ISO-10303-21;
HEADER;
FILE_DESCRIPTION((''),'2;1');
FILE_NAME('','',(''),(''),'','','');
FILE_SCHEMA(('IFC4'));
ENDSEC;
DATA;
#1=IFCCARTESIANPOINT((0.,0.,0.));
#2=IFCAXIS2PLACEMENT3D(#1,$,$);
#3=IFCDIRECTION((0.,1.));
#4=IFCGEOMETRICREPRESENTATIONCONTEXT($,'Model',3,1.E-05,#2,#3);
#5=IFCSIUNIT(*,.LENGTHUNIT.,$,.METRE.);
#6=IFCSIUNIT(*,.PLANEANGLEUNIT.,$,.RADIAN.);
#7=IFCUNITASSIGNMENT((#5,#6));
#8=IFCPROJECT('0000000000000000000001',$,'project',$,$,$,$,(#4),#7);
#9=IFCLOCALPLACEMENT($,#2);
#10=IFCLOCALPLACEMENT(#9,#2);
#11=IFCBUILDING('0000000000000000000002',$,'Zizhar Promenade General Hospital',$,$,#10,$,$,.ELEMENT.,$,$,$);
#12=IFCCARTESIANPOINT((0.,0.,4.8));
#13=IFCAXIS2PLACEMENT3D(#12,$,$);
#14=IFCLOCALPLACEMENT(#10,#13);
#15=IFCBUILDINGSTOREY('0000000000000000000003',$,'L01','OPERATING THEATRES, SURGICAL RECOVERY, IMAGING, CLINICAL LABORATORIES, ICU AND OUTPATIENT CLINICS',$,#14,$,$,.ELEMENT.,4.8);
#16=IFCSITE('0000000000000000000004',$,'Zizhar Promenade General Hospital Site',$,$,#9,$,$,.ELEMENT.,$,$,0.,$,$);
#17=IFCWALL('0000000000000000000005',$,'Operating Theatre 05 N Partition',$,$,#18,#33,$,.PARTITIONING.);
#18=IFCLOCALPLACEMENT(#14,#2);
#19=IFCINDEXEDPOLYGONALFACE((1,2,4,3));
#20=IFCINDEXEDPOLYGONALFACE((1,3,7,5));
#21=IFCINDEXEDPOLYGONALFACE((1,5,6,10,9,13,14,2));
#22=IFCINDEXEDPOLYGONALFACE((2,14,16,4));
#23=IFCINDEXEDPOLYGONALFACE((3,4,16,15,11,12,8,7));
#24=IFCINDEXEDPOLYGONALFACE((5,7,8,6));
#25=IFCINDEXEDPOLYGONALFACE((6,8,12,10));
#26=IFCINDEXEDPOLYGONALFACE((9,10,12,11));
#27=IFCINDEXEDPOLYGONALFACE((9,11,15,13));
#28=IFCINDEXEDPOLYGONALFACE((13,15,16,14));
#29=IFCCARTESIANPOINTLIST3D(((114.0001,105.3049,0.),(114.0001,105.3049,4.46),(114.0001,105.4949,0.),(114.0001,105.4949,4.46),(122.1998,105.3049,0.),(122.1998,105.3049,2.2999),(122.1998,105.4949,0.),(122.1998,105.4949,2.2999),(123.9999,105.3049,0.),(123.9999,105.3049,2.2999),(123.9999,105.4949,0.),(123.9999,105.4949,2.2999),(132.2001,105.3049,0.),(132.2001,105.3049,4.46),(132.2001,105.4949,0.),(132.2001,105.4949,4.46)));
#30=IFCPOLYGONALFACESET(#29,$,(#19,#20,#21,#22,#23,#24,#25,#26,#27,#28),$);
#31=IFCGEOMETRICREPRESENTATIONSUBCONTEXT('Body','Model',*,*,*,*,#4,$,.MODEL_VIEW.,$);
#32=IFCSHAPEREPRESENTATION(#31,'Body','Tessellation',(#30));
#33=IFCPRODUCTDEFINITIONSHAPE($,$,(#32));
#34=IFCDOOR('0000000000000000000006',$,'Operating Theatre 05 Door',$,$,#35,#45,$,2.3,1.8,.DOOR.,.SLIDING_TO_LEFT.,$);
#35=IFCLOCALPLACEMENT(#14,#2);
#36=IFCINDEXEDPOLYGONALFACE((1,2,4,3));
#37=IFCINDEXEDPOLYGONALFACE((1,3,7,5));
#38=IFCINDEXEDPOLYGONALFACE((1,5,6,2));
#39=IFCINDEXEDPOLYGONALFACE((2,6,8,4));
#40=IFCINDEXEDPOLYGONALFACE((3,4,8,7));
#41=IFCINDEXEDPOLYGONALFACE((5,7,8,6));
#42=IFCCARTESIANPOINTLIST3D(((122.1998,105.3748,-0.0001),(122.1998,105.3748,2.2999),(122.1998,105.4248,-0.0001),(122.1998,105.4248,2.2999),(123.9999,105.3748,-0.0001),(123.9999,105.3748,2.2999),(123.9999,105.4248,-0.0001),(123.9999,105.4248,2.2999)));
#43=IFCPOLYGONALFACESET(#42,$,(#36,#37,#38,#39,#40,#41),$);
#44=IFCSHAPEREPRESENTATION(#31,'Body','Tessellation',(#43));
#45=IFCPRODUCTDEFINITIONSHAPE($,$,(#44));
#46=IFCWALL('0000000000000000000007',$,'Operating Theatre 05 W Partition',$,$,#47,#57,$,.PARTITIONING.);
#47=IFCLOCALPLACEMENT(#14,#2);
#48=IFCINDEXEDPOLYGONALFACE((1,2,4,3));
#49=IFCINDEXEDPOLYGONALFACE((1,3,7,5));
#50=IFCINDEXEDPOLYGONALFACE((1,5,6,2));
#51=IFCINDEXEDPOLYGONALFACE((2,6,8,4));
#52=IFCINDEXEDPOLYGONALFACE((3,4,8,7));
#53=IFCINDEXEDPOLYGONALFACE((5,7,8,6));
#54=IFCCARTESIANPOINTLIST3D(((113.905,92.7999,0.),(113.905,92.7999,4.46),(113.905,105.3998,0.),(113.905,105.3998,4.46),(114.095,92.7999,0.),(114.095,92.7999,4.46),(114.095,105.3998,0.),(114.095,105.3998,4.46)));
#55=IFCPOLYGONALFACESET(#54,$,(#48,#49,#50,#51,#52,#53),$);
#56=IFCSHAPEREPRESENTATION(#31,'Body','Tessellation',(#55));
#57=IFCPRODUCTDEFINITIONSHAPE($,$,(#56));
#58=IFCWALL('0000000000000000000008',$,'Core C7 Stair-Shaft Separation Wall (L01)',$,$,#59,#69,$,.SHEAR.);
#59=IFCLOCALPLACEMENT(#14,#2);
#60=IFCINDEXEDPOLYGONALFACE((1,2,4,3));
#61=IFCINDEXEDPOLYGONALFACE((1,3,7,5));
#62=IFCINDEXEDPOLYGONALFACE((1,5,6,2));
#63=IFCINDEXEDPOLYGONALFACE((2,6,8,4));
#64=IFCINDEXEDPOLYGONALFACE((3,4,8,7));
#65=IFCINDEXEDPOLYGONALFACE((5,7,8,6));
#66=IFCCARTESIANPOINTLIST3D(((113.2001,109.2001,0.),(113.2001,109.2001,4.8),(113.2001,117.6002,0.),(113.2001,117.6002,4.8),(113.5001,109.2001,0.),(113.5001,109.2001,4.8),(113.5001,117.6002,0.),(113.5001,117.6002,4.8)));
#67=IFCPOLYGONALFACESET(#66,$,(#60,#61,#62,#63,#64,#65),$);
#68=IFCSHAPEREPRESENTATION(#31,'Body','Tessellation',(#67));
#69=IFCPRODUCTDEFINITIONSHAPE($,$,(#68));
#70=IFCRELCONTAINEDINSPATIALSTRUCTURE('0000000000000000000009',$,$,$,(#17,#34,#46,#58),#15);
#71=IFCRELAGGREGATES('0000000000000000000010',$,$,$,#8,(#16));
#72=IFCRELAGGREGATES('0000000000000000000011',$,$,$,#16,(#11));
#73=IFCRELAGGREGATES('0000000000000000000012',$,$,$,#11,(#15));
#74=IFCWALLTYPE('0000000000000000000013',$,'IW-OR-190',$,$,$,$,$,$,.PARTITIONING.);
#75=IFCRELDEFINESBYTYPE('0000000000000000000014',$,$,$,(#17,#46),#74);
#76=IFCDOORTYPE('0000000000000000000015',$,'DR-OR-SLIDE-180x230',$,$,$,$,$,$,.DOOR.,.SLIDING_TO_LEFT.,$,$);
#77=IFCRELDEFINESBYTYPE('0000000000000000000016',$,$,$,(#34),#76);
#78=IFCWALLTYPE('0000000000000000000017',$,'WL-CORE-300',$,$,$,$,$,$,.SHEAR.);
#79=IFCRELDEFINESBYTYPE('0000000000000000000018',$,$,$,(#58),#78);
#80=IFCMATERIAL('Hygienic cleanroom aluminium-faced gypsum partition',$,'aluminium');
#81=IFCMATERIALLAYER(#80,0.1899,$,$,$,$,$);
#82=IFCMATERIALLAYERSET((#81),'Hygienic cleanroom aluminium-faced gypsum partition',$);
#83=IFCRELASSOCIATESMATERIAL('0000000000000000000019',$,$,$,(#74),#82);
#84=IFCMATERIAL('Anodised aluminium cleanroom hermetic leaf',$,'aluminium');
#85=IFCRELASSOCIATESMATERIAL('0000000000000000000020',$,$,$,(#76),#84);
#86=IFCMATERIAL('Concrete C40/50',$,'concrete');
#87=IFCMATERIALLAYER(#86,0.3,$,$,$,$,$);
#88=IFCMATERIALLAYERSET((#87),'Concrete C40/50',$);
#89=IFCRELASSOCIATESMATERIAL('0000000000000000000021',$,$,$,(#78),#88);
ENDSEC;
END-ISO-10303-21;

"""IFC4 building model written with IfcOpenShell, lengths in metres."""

from ifc_helpers import new_model, si_unit, direction, frame, frame_2d, origin, place, context, subcontext, project, spatial, rectangle, extrude, material, layer, layer_set, type_object, element, fill, save


model = new_model("IFC4")

# Units and contexts
model_context = context("Model", 3, precision=1e-05, world=origin(), true_north=direction((0.0, 1.0)))
body_context = subcontext(model_context, "Body", "Model", "MODEL_VIEW")
ifc_project = project(units=[si_unit("LENGTHUNIT", "METRE"), si_unit("PLANEANGLEUNIT", "RADIAN")], contexts=[model_context])

# Site, building, storey
site_placement = place(None, origin())
site = spatial("IfcSite", under=ifc_project, at=site_placement, Name="Zizhar Promenade General Hospital Site", CompositionType="ELEMENT", RefElevation=0.0)
building_placement = place(site_placement, origin())
building = spatial("IfcBuilding", under=site, at=building_placement, Name="Zizhar Promenade General Hospital", CompositionType="ELEMENT")
storey_placement = place(building_placement, frame((0.0, 0.0, 4.8)))
storey = spatial("IfcBuildingStorey", under=building, at=storey_placement, Name="L01", Description="OPERATING THEATRES, SURGICAL RECOVERY, IMAGING, CLINICAL LABORATORIES, ICU AND OUTPATIENT CLINICS", CompositionType="ELEMENT", Elevation=4.8)

# Shared definitions
ifc_material_1 = material(Name="Hygienic cleanroom aluminium-faced gypsum partition", Category="aluminium")
ifc_layer_1 = layer(ifc_material_1, 0.1899)
ifc_layer_set_1 = layer_set([ifc_layer_1], Name="Hygienic cleanroom aluminium-faced gypsum partition")
wall_type_1 = type_object("IfcWallType", Name="IW-OR-190", PredefinedType="PARTITIONING", material=ifc_layer_set_1)

# Wall, opening, door
wall_1_placement = place(storey_placement, frame((114.0, 105.3999, 0.0), z_axis=(0.0, 0.0, 1.0), x_axis=(1.0, 0.0, 0.0)))
wall_1 = element("IfcWall", 1, at=wall_1_placement, inside=storey, type_object=wall_type_1, Name="Operating Theatre 05 N Partition", PredefinedType="PARTITIONING", context=body_context, shape_type="SweptSolid", body=[
    extrude(rectangle(XDim=18.2, YDim=0.1899, at=frame_2d((9.1001, 0.0))), origin(), (0.0, 0.0, 1.0), 4.46),
])
opening_1_placement = place(wall_1_placement, frame((8.2, 0.0, 0.0)))
opening_1 = element("IfcOpeningElement", 2, at=opening_1_placement, cuts=wall_1, PredefinedType="OPENING", context=body_context, shape_type="SweptSolid", body=[
    extrude(rectangle(XDim=1.8, YDim=2.3, at=frame_2d((0.8999, 1.1499))), frame((0.0, 0.105, 0.0), z_axis=(0.0, -1.0, 0.0), x_axis=(1.0, 0.0, 0.0)), (0.0, 0.0, 1.0), 0.21),
])
ifc_material_2 = material(Name="Anodised aluminium cleanroom hermetic leaf", Category="aluminium")
door_type_1 = type_object("IfcDoorType", Name="DR-OR-SLIDE-180x230", OperationType="SLIDING_TO_LEFT", PredefinedType="DOOR", material=ifc_material_2)
door_1_placement = place(opening_1_placement, origin())
door_1 = element("IfcDoor", 3, at=door_1_placement, inside=storey, type_object=door_type_1, Name="Operating Theatre 05 Door", OperationType="SLIDING_TO_LEFT", OverallHeight=2.3, OverallWidth=1.8, PredefinedType="DOOR", context=body_context, shape_type="SweptSolid", body=[
    extrude(rectangle(XDim=1.8, YDim=2.3, at=frame_2d((0.8999, 1.1499))), frame((0.0, 0.0249, 0.0), z_axis=(0.0, -1.0, 0.0), x_axis=(1.0, 0.0, 0.0)), (0.0, 0.0, 1.0), 0.05),
])
fill(opening_1, door_1)

# Walls
wall_2_placement = place(storey_placement, frame((114.0, 92.8, 0.0), z_axis=(0.0, 0.0, 1.0), x_axis=(0.0, 1.0, 0.0)))
element("IfcWall", 4, at=wall_2_placement, inside=storey, type_object=wall_type_1, Name="Operating Theatre 05 W Partition", PredefinedType="PARTITIONING", context=body_context, shape_type="SweptSolid", body=[
    extrude(rectangle(XDim=12.5999, YDim=0.1899, at=frame_2d((6.2998, 0.0))), origin(), (0.0, 0.0, 1.0), 4.46),
])
ifc_material_3 = material(Name="Concrete C40/50", Category="concrete")
ifc_layer_2 = layer(ifc_material_3, 0.3)
ifc_layer_set_2 = layer_set([ifc_layer_2], Name="Concrete C40/50")
wall_type_2 = type_object("IfcWallType", Name="WL-CORE-300", PredefinedType="SHEAR", material=ifc_layer_set_2)
wall_3_placement = place(storey_placement, frame((113.3501, 109.2, 0.0), z_axis=(0.0, 0.0, 1.0), x_axis=(0.0, 1.0, 0.0)))
element("IfcWall", 5, at=wall_3_placement, inside=storey, type_object=wall_type_2, Name="Core C7 Stair-Shaft Separation Wall (L01)", PredefinedType="SHEAR", context=body_context, shape_type="SweptSolid", body=[
    extrude(rectangle(XDim=8.4001, YDim=0.3, at=frame_2d((4.2002, 0.0))), origin(), (0.0, 0.0, 1.0), 4.8),
])

save(model, "model.ifc")
